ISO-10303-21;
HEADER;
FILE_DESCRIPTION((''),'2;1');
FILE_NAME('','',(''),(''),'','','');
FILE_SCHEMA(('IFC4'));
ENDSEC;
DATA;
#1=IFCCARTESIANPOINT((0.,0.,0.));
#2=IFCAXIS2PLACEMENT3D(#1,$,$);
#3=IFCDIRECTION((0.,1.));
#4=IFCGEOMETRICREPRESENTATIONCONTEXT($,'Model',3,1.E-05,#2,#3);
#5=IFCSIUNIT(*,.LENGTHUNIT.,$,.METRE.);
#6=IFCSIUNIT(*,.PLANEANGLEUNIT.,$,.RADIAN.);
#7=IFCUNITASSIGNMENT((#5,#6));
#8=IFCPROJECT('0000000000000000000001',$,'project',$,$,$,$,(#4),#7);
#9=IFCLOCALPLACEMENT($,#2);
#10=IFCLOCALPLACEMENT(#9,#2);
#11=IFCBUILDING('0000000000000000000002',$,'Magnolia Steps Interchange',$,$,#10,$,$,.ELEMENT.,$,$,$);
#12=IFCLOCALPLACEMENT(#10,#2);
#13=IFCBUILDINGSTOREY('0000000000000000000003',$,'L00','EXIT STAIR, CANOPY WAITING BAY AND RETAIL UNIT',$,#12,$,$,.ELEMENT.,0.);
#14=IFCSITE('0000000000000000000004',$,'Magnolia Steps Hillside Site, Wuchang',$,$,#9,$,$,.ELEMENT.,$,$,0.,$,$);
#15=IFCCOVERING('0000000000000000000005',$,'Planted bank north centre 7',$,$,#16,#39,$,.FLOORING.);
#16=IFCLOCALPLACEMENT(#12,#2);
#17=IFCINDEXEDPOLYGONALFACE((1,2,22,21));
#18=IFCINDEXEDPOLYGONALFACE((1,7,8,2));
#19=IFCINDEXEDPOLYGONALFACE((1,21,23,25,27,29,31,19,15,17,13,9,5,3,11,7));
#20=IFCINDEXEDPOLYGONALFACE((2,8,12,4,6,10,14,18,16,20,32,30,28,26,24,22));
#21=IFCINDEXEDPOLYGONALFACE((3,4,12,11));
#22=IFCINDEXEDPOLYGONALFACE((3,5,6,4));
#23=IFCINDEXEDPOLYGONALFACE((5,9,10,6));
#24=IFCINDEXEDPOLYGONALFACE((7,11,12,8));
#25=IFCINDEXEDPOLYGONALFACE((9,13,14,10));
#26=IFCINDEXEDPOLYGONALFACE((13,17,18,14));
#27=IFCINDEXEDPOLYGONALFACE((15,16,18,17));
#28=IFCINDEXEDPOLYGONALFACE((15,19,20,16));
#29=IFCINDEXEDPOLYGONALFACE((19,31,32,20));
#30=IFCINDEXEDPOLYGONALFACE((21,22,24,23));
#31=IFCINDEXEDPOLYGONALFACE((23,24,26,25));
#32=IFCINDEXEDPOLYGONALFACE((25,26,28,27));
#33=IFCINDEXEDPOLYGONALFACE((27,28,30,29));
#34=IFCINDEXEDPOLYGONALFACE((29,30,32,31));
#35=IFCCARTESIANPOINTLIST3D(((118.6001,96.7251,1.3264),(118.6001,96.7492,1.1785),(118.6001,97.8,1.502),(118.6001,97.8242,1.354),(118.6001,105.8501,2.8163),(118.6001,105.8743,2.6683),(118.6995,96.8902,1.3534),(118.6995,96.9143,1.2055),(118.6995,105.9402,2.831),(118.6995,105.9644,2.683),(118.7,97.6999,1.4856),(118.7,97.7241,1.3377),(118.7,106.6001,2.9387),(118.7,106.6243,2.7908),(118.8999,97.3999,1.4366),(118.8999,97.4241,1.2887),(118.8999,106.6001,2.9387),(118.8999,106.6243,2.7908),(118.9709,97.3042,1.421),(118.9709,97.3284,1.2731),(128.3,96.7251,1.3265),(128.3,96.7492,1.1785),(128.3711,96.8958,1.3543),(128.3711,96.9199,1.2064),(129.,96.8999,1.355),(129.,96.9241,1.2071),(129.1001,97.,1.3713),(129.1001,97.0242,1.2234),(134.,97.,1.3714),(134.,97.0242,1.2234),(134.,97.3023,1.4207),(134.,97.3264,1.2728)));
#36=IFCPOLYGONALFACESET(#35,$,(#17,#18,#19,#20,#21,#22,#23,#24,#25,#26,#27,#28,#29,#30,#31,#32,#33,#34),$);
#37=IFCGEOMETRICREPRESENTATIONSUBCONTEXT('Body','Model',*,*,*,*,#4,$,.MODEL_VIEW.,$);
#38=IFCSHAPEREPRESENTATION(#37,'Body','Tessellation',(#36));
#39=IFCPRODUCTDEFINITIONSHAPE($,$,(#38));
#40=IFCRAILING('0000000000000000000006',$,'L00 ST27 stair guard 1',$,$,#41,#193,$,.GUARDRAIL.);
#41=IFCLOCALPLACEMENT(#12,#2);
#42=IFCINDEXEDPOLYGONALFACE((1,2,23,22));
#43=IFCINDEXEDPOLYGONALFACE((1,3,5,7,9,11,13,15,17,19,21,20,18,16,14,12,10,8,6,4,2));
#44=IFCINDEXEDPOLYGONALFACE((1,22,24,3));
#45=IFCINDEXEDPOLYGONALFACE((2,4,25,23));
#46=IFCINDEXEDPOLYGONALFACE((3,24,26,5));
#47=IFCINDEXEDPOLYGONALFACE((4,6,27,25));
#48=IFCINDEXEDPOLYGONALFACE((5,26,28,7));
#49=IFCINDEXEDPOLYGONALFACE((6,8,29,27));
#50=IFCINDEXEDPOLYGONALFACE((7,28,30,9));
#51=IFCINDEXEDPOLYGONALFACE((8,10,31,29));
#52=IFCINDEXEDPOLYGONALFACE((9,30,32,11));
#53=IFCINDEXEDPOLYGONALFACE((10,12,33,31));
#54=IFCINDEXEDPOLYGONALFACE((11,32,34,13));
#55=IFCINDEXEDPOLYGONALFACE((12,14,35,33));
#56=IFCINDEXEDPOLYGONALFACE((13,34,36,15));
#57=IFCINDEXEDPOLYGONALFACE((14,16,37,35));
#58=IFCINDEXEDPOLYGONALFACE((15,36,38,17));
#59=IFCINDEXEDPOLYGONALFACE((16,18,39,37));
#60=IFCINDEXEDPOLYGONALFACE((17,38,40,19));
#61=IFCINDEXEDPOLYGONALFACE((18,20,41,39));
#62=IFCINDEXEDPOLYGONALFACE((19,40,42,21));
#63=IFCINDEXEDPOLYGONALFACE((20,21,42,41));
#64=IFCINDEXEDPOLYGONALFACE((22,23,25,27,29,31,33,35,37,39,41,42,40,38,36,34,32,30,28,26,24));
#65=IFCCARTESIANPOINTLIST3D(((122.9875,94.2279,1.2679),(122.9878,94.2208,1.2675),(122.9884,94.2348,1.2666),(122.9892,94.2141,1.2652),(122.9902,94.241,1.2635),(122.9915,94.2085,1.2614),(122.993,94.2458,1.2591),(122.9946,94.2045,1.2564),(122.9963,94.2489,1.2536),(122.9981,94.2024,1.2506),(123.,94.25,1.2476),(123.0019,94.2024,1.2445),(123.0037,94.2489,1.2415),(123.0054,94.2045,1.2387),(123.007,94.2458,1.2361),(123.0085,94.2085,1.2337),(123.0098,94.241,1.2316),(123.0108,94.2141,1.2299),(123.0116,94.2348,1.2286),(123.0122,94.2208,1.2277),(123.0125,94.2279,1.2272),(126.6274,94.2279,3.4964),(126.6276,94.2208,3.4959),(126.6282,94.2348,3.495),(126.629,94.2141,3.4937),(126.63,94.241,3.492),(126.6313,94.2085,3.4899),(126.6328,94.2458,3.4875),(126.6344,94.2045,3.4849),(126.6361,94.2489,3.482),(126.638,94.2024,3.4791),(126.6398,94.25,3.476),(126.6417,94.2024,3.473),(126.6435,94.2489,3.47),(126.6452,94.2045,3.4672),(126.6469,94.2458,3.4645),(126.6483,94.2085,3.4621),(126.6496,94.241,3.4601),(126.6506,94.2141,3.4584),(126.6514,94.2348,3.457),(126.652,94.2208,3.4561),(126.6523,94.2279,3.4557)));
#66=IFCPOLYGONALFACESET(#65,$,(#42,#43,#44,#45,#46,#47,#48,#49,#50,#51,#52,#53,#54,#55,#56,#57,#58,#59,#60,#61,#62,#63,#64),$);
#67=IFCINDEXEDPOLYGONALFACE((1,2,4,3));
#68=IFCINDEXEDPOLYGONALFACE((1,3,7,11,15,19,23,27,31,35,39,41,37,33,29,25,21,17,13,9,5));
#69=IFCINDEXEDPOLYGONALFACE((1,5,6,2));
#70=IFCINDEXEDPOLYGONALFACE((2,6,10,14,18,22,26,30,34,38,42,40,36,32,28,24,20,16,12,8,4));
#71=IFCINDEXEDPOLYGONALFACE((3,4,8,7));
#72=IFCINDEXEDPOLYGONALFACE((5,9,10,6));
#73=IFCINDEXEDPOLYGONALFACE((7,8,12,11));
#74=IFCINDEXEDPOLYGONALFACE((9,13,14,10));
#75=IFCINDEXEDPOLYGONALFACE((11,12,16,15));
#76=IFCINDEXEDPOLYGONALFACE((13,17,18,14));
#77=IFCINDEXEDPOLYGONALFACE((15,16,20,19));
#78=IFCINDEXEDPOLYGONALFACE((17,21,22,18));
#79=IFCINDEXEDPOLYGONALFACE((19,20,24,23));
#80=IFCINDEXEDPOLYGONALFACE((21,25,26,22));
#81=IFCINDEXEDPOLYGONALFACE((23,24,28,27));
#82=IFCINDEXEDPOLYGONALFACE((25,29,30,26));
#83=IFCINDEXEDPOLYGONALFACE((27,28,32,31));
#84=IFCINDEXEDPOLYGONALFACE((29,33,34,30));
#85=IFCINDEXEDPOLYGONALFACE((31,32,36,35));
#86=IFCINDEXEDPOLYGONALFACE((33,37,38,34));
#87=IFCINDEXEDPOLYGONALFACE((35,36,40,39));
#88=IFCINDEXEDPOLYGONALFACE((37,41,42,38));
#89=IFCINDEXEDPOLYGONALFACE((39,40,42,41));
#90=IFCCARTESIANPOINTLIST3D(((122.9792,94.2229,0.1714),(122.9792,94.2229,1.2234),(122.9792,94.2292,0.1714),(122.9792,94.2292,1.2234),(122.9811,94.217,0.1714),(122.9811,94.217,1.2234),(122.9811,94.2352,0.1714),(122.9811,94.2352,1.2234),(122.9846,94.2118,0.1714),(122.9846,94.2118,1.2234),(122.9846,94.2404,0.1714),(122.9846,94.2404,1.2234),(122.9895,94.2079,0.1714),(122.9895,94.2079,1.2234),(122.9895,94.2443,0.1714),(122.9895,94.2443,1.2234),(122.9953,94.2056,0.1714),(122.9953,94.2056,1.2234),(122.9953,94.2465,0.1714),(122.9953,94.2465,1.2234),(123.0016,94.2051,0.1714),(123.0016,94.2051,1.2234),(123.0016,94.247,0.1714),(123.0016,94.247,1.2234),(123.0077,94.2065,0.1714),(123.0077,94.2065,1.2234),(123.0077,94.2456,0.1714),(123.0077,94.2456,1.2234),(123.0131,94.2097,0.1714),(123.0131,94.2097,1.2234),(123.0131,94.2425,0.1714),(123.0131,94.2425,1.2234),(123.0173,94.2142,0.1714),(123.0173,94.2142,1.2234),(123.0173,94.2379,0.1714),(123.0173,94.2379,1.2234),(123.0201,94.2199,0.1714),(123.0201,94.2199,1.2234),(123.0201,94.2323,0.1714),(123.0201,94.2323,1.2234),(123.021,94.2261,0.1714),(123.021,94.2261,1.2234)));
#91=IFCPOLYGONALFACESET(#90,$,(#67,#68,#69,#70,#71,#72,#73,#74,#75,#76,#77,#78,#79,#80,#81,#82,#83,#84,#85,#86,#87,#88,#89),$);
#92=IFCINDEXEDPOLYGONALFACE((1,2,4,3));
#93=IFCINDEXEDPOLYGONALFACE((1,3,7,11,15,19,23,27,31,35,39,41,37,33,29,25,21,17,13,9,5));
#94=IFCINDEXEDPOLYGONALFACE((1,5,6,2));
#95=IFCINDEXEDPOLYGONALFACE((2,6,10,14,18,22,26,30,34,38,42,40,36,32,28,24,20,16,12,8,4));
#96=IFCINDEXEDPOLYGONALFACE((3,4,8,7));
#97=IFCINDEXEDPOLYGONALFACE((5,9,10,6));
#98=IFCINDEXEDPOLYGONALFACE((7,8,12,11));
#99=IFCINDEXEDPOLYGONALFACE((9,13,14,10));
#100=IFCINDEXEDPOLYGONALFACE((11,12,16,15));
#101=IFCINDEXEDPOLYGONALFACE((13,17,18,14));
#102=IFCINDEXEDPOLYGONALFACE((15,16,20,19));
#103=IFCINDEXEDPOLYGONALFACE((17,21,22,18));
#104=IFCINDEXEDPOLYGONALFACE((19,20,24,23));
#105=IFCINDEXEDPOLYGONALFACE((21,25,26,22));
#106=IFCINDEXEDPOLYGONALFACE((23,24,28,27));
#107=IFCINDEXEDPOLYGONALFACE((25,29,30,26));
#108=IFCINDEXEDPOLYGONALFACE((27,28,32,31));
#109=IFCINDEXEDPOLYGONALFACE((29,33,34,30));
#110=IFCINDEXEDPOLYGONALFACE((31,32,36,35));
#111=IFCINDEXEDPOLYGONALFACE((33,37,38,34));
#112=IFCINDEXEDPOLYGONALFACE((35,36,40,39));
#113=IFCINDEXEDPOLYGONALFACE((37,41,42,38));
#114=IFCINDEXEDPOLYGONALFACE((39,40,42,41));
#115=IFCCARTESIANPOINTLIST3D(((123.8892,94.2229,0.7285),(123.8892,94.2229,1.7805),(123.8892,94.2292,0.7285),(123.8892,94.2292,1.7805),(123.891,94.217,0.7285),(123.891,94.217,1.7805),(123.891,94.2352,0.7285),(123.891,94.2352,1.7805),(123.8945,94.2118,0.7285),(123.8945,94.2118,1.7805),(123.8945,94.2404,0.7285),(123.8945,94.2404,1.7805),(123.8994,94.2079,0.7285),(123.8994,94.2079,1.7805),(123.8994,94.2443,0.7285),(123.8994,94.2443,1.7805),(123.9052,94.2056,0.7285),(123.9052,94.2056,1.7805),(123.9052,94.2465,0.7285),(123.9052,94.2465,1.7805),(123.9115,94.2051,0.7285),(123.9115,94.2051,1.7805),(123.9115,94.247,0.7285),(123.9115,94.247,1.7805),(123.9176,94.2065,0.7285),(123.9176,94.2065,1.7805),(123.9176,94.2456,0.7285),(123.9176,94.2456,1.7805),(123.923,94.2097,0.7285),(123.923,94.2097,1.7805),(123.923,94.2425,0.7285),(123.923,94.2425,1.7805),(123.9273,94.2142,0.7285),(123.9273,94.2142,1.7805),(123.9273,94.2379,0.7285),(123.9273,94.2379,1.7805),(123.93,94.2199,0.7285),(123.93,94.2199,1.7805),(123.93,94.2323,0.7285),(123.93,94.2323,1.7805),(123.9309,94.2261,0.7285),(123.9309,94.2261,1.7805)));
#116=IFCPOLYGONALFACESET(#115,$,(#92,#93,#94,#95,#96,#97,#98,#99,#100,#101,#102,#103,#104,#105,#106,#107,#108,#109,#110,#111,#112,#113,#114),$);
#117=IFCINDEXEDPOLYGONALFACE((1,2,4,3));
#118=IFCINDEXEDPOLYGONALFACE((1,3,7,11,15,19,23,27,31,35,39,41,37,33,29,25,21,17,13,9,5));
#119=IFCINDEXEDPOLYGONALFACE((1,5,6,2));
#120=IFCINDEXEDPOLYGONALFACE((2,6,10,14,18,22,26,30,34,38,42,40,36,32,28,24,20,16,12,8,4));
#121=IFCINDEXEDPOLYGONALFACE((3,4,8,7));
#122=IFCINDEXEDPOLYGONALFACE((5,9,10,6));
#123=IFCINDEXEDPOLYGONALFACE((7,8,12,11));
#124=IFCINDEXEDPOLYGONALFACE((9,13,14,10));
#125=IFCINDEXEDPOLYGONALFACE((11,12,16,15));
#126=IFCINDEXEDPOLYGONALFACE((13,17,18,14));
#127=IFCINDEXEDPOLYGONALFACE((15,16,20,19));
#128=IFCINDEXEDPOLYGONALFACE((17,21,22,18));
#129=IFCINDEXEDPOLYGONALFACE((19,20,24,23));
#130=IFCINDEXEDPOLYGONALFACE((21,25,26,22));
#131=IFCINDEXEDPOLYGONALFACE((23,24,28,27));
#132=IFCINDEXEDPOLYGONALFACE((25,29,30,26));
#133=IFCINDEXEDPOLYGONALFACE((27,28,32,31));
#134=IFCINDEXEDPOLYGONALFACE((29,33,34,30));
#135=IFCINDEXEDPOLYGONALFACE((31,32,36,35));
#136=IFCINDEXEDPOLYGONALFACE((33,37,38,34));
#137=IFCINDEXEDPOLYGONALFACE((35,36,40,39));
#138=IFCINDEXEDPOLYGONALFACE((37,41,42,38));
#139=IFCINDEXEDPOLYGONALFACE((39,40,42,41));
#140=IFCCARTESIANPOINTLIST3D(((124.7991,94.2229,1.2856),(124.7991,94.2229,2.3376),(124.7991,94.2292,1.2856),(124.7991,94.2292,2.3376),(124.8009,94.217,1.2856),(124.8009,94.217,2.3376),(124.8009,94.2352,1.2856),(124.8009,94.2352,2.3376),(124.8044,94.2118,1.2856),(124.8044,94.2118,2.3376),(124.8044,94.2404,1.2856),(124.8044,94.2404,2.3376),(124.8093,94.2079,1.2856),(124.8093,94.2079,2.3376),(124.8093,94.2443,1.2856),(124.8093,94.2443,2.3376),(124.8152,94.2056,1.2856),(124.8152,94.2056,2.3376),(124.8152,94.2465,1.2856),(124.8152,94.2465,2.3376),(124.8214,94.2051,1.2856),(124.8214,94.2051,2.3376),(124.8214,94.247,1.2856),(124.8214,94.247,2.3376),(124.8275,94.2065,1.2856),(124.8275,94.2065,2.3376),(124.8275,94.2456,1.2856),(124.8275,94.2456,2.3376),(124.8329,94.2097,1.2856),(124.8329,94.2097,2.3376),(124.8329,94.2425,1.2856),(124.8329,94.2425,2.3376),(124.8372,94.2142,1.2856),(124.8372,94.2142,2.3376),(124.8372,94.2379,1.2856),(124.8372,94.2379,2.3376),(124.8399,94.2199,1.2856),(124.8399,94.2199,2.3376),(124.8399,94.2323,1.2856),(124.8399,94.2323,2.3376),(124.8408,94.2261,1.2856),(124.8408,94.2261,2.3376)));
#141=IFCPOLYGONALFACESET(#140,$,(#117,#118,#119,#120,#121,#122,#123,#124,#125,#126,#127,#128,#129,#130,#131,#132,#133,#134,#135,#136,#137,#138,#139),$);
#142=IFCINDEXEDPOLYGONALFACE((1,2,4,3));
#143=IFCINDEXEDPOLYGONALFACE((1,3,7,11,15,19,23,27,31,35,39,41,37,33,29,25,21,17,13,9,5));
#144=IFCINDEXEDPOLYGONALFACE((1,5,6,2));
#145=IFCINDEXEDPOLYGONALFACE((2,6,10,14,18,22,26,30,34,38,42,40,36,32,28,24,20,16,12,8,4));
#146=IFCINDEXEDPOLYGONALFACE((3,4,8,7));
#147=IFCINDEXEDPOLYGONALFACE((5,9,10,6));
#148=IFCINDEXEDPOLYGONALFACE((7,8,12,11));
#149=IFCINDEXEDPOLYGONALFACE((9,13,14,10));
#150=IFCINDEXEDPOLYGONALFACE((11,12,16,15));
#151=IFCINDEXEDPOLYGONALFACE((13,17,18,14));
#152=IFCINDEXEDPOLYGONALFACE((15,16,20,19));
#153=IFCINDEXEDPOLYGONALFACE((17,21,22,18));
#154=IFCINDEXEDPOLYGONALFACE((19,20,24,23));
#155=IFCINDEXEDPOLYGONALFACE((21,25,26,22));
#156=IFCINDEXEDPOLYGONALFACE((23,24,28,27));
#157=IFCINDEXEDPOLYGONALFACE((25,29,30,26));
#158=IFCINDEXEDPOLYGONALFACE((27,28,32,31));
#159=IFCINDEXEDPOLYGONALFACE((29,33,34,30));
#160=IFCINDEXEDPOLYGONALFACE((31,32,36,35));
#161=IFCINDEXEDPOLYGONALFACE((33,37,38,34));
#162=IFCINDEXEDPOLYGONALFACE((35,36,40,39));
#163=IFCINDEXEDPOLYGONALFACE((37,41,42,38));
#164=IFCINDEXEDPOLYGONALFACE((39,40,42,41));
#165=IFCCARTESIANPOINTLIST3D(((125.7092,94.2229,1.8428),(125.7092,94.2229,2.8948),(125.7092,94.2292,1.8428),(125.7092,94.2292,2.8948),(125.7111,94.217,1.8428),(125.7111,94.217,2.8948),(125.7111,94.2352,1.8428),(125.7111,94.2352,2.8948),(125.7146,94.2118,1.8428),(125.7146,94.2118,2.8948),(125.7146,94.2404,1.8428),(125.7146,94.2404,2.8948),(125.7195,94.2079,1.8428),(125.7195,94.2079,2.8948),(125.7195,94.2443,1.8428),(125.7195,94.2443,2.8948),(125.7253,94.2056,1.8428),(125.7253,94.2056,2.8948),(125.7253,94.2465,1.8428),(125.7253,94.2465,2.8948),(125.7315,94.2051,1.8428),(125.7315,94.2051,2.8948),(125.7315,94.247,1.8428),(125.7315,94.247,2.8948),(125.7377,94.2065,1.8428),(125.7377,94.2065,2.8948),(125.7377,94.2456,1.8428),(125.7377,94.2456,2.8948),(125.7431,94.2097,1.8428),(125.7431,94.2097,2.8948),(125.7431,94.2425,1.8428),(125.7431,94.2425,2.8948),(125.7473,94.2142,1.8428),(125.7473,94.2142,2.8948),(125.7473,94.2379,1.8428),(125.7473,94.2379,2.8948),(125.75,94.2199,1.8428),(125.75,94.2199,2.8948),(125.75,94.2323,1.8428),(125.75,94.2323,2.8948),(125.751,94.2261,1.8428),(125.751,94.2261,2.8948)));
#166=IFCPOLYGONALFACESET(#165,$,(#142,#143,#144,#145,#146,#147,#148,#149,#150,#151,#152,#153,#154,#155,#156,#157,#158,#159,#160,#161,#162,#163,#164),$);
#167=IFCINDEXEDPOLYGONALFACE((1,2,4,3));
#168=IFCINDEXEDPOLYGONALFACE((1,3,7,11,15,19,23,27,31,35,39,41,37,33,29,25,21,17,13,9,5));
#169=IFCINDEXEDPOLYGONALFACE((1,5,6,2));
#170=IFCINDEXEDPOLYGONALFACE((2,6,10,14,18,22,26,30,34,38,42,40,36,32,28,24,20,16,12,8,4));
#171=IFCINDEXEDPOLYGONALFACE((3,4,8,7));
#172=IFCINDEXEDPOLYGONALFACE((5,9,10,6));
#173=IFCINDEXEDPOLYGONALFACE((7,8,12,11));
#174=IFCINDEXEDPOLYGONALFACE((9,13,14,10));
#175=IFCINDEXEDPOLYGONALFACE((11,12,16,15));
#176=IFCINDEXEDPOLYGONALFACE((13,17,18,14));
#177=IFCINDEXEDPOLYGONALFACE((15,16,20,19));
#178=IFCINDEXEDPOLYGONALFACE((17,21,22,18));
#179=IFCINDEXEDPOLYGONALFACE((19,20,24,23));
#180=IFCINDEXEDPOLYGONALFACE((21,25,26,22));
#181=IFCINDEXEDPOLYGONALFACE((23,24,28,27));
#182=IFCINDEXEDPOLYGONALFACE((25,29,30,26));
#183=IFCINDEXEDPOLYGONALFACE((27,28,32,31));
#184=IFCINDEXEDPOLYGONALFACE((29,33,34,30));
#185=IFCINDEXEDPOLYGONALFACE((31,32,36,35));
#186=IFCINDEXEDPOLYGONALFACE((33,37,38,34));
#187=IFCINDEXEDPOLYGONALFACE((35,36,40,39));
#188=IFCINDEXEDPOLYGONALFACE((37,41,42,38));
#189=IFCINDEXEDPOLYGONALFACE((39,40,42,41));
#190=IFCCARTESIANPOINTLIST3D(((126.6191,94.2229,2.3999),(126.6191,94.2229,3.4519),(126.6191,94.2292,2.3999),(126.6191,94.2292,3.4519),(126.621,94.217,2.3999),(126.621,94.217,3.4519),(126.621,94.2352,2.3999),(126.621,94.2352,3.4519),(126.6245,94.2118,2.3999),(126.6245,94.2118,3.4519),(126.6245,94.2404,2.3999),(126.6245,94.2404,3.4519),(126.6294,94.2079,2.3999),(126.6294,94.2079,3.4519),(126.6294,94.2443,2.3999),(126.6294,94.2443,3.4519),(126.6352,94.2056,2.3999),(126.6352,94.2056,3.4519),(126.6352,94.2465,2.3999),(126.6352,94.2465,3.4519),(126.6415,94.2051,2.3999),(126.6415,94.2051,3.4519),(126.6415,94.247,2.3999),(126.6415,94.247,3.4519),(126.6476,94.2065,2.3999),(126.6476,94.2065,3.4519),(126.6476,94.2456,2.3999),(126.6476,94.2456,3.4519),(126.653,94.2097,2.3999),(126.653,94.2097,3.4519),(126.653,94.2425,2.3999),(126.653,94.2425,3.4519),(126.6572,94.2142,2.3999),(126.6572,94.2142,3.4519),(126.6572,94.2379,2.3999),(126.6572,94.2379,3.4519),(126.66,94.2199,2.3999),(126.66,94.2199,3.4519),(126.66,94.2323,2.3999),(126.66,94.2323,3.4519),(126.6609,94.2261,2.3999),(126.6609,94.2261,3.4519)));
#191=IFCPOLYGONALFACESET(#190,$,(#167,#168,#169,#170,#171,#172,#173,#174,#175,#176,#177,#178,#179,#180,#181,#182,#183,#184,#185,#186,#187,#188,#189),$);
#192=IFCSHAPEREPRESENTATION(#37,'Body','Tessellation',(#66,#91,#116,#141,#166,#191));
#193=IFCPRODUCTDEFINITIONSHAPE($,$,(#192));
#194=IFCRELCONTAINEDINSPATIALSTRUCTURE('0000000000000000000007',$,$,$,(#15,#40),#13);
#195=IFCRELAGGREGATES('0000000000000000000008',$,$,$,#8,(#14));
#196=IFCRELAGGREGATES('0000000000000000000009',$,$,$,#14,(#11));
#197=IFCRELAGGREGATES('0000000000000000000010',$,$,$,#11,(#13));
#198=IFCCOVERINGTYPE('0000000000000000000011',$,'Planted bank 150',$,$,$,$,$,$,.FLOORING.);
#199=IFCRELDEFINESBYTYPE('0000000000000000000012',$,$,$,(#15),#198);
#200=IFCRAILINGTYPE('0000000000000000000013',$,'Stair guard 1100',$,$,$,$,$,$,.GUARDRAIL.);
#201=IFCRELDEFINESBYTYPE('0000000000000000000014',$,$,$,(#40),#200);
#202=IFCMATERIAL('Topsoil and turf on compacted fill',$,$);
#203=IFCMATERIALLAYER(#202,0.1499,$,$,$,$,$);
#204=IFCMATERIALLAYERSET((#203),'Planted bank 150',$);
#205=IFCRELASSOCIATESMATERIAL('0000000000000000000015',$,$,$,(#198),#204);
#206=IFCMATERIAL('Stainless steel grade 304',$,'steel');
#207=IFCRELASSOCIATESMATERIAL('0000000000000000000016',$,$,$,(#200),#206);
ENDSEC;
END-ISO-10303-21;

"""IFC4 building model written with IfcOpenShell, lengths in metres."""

from ifc_helpers import new_model, si_unit, direction, frame, origin, origin_2d, place, context, subcontext, project, spatial, polyline, circle, outline, extrude, material, layer, layer_set, type_object, element, save


model = new_model("IFC4")

# Units and contexts
model_context = context("Model", 3, precision=1e-05, world=origin(), true_north=direction((0.0, 1.0)))
body_context = subcontext(model_context, "Body", "Model", "MODEL_VIEW")
ifc_project = project(units=[si_unit("LENGTHUNIT", "METRE"), si_unit("PLANEANGLEUNIT", "RADIAN")], contexts=[model_context])

# Site, building, storey
site_placement = place(None, origin())
site = spatial("IfcSite", under=ifc_project, at=site_placement, Name="Magnolia Steps Hillside Site, Wuchang", CompositionType="ELEMENT", RefElevation=0.0)
building_placement = place(site_placement, origin())
building = spatial("IfcBuilding", under=site, at=building_placement, Name="Magnolia Steps Interchange", CompositionType="ELEMENT")
storey_placement = place(building_placement, origin())
storey = spatial("IfcBuildingStorey", under=building, at=storey_placement, Name="L00", Description="EXIT STAIR, CANOPY WAITING BAY AND RETAIL UNIT", CompositionType="ELEMENT", Elevation=0.0)

# Covering
ifc_material_1 = material(Name="Topsoil and turf on compacted fill")
ifc_layer_1 = layer(ifc_material_1, 0.1499)
ifc_layer_set_1 = layer_set([ifc_layer_1], Name="Planted bank 150")
covering_type_1 = type_object("IfcCoveringType", Name="Planted bank 150", PredefinedType="FLOORING", material=ifc_layer_set_1)
covering_1_placement = place(storey_placement, frame((118.8999, 106.6001, 2.9387), z_axis=(-0.000001, -0.161134, 0.986932), x_axis=(0.0, -0.986932, -0.161134)))
element("IfcCovering", 1, at=covering_1_placement, inside=storey, type_object=covering_type_1, Name="Planted bank north centre 7", PredefinedType="FLOORING", context=body_context, shape_type="SweptSolid", body=[
    extrude(outline(polyline([(0.0, 0.0), (9.322, 0.0), (9.419, 0.071), (9.4209, 15.1001), (9.7272, 15.1001), (9.7272, 10.2002), (9.8286, 10.1001), (9.8328, 9.4712), (10.0058, 9.4001), (10.0058, -0.2998), (9.8385, -0.2004), (9.018, -0.2), (8.9166, -0.2998), (0.7599, -0.2998), (0.6686, -0.2004), (0.0, -0.2), (0.0, 0.0)])), origin(), (0.0, 0.0, -1.0), 0.1499),
])

# Railing
ifc_material_2 = material(Name="Stainless steel grade 304", Category="steel")
railing_type_1 = type_object("IfcRailingType", Name="Stair guard 1100", PredefinedType="GUARDRAIL", material=ifc_material_2)
railing_1_placement = place(storey_placement, frame((123.0, 94.2261, 0.1714)))
element("IfcRailing", 2, at=railing_1_placement, inside=storey, type_object=railing_type_1, Name="L00 ST27 stair guard 1", PredefinedType="GUARDRAIL", context=body_context, shape_type="SweptSolid", body=[
    extrude(circle(Radius=0.0239, at=origin_2d()), frame((0.0, 0.0, 1.0762), z_axis=(0.85285, 0.0, 0.522156), x_axis=(0.0, 1.0, 0.0)), (0.0, 0.0, 1.0), 4.2678),
    extrude(circle(Radius=0.021, at=origin_2d()), origin(), (0.0, 0.0, 1.0), 1.052),
    extrude(circle(Radius=0.021, at=origin_2d()), frame((0.9099, 0.0, 0.5571)), (0.0, 0.0, 1.0), 1.052),
    extrude(circle(Radius=0.021, at=origin_2d()), frame((1.8198, 0.0, 1.1143)), (0.0, 0.0, 1.0), 1.052),
    extrude(circle(Radius=0.021, at=origin_2d()), frame((2.73, 0.0, 1.6714)), (0.0, 0.0, 1.0), 1.052),
    extrude(circle(Radius=0.021, at=origin_2d()), frame((3.6399, 0.0, 2.2285)), (0.0, 0.0, 1.0), 1.052),
])

save(model, "model.ifc")
